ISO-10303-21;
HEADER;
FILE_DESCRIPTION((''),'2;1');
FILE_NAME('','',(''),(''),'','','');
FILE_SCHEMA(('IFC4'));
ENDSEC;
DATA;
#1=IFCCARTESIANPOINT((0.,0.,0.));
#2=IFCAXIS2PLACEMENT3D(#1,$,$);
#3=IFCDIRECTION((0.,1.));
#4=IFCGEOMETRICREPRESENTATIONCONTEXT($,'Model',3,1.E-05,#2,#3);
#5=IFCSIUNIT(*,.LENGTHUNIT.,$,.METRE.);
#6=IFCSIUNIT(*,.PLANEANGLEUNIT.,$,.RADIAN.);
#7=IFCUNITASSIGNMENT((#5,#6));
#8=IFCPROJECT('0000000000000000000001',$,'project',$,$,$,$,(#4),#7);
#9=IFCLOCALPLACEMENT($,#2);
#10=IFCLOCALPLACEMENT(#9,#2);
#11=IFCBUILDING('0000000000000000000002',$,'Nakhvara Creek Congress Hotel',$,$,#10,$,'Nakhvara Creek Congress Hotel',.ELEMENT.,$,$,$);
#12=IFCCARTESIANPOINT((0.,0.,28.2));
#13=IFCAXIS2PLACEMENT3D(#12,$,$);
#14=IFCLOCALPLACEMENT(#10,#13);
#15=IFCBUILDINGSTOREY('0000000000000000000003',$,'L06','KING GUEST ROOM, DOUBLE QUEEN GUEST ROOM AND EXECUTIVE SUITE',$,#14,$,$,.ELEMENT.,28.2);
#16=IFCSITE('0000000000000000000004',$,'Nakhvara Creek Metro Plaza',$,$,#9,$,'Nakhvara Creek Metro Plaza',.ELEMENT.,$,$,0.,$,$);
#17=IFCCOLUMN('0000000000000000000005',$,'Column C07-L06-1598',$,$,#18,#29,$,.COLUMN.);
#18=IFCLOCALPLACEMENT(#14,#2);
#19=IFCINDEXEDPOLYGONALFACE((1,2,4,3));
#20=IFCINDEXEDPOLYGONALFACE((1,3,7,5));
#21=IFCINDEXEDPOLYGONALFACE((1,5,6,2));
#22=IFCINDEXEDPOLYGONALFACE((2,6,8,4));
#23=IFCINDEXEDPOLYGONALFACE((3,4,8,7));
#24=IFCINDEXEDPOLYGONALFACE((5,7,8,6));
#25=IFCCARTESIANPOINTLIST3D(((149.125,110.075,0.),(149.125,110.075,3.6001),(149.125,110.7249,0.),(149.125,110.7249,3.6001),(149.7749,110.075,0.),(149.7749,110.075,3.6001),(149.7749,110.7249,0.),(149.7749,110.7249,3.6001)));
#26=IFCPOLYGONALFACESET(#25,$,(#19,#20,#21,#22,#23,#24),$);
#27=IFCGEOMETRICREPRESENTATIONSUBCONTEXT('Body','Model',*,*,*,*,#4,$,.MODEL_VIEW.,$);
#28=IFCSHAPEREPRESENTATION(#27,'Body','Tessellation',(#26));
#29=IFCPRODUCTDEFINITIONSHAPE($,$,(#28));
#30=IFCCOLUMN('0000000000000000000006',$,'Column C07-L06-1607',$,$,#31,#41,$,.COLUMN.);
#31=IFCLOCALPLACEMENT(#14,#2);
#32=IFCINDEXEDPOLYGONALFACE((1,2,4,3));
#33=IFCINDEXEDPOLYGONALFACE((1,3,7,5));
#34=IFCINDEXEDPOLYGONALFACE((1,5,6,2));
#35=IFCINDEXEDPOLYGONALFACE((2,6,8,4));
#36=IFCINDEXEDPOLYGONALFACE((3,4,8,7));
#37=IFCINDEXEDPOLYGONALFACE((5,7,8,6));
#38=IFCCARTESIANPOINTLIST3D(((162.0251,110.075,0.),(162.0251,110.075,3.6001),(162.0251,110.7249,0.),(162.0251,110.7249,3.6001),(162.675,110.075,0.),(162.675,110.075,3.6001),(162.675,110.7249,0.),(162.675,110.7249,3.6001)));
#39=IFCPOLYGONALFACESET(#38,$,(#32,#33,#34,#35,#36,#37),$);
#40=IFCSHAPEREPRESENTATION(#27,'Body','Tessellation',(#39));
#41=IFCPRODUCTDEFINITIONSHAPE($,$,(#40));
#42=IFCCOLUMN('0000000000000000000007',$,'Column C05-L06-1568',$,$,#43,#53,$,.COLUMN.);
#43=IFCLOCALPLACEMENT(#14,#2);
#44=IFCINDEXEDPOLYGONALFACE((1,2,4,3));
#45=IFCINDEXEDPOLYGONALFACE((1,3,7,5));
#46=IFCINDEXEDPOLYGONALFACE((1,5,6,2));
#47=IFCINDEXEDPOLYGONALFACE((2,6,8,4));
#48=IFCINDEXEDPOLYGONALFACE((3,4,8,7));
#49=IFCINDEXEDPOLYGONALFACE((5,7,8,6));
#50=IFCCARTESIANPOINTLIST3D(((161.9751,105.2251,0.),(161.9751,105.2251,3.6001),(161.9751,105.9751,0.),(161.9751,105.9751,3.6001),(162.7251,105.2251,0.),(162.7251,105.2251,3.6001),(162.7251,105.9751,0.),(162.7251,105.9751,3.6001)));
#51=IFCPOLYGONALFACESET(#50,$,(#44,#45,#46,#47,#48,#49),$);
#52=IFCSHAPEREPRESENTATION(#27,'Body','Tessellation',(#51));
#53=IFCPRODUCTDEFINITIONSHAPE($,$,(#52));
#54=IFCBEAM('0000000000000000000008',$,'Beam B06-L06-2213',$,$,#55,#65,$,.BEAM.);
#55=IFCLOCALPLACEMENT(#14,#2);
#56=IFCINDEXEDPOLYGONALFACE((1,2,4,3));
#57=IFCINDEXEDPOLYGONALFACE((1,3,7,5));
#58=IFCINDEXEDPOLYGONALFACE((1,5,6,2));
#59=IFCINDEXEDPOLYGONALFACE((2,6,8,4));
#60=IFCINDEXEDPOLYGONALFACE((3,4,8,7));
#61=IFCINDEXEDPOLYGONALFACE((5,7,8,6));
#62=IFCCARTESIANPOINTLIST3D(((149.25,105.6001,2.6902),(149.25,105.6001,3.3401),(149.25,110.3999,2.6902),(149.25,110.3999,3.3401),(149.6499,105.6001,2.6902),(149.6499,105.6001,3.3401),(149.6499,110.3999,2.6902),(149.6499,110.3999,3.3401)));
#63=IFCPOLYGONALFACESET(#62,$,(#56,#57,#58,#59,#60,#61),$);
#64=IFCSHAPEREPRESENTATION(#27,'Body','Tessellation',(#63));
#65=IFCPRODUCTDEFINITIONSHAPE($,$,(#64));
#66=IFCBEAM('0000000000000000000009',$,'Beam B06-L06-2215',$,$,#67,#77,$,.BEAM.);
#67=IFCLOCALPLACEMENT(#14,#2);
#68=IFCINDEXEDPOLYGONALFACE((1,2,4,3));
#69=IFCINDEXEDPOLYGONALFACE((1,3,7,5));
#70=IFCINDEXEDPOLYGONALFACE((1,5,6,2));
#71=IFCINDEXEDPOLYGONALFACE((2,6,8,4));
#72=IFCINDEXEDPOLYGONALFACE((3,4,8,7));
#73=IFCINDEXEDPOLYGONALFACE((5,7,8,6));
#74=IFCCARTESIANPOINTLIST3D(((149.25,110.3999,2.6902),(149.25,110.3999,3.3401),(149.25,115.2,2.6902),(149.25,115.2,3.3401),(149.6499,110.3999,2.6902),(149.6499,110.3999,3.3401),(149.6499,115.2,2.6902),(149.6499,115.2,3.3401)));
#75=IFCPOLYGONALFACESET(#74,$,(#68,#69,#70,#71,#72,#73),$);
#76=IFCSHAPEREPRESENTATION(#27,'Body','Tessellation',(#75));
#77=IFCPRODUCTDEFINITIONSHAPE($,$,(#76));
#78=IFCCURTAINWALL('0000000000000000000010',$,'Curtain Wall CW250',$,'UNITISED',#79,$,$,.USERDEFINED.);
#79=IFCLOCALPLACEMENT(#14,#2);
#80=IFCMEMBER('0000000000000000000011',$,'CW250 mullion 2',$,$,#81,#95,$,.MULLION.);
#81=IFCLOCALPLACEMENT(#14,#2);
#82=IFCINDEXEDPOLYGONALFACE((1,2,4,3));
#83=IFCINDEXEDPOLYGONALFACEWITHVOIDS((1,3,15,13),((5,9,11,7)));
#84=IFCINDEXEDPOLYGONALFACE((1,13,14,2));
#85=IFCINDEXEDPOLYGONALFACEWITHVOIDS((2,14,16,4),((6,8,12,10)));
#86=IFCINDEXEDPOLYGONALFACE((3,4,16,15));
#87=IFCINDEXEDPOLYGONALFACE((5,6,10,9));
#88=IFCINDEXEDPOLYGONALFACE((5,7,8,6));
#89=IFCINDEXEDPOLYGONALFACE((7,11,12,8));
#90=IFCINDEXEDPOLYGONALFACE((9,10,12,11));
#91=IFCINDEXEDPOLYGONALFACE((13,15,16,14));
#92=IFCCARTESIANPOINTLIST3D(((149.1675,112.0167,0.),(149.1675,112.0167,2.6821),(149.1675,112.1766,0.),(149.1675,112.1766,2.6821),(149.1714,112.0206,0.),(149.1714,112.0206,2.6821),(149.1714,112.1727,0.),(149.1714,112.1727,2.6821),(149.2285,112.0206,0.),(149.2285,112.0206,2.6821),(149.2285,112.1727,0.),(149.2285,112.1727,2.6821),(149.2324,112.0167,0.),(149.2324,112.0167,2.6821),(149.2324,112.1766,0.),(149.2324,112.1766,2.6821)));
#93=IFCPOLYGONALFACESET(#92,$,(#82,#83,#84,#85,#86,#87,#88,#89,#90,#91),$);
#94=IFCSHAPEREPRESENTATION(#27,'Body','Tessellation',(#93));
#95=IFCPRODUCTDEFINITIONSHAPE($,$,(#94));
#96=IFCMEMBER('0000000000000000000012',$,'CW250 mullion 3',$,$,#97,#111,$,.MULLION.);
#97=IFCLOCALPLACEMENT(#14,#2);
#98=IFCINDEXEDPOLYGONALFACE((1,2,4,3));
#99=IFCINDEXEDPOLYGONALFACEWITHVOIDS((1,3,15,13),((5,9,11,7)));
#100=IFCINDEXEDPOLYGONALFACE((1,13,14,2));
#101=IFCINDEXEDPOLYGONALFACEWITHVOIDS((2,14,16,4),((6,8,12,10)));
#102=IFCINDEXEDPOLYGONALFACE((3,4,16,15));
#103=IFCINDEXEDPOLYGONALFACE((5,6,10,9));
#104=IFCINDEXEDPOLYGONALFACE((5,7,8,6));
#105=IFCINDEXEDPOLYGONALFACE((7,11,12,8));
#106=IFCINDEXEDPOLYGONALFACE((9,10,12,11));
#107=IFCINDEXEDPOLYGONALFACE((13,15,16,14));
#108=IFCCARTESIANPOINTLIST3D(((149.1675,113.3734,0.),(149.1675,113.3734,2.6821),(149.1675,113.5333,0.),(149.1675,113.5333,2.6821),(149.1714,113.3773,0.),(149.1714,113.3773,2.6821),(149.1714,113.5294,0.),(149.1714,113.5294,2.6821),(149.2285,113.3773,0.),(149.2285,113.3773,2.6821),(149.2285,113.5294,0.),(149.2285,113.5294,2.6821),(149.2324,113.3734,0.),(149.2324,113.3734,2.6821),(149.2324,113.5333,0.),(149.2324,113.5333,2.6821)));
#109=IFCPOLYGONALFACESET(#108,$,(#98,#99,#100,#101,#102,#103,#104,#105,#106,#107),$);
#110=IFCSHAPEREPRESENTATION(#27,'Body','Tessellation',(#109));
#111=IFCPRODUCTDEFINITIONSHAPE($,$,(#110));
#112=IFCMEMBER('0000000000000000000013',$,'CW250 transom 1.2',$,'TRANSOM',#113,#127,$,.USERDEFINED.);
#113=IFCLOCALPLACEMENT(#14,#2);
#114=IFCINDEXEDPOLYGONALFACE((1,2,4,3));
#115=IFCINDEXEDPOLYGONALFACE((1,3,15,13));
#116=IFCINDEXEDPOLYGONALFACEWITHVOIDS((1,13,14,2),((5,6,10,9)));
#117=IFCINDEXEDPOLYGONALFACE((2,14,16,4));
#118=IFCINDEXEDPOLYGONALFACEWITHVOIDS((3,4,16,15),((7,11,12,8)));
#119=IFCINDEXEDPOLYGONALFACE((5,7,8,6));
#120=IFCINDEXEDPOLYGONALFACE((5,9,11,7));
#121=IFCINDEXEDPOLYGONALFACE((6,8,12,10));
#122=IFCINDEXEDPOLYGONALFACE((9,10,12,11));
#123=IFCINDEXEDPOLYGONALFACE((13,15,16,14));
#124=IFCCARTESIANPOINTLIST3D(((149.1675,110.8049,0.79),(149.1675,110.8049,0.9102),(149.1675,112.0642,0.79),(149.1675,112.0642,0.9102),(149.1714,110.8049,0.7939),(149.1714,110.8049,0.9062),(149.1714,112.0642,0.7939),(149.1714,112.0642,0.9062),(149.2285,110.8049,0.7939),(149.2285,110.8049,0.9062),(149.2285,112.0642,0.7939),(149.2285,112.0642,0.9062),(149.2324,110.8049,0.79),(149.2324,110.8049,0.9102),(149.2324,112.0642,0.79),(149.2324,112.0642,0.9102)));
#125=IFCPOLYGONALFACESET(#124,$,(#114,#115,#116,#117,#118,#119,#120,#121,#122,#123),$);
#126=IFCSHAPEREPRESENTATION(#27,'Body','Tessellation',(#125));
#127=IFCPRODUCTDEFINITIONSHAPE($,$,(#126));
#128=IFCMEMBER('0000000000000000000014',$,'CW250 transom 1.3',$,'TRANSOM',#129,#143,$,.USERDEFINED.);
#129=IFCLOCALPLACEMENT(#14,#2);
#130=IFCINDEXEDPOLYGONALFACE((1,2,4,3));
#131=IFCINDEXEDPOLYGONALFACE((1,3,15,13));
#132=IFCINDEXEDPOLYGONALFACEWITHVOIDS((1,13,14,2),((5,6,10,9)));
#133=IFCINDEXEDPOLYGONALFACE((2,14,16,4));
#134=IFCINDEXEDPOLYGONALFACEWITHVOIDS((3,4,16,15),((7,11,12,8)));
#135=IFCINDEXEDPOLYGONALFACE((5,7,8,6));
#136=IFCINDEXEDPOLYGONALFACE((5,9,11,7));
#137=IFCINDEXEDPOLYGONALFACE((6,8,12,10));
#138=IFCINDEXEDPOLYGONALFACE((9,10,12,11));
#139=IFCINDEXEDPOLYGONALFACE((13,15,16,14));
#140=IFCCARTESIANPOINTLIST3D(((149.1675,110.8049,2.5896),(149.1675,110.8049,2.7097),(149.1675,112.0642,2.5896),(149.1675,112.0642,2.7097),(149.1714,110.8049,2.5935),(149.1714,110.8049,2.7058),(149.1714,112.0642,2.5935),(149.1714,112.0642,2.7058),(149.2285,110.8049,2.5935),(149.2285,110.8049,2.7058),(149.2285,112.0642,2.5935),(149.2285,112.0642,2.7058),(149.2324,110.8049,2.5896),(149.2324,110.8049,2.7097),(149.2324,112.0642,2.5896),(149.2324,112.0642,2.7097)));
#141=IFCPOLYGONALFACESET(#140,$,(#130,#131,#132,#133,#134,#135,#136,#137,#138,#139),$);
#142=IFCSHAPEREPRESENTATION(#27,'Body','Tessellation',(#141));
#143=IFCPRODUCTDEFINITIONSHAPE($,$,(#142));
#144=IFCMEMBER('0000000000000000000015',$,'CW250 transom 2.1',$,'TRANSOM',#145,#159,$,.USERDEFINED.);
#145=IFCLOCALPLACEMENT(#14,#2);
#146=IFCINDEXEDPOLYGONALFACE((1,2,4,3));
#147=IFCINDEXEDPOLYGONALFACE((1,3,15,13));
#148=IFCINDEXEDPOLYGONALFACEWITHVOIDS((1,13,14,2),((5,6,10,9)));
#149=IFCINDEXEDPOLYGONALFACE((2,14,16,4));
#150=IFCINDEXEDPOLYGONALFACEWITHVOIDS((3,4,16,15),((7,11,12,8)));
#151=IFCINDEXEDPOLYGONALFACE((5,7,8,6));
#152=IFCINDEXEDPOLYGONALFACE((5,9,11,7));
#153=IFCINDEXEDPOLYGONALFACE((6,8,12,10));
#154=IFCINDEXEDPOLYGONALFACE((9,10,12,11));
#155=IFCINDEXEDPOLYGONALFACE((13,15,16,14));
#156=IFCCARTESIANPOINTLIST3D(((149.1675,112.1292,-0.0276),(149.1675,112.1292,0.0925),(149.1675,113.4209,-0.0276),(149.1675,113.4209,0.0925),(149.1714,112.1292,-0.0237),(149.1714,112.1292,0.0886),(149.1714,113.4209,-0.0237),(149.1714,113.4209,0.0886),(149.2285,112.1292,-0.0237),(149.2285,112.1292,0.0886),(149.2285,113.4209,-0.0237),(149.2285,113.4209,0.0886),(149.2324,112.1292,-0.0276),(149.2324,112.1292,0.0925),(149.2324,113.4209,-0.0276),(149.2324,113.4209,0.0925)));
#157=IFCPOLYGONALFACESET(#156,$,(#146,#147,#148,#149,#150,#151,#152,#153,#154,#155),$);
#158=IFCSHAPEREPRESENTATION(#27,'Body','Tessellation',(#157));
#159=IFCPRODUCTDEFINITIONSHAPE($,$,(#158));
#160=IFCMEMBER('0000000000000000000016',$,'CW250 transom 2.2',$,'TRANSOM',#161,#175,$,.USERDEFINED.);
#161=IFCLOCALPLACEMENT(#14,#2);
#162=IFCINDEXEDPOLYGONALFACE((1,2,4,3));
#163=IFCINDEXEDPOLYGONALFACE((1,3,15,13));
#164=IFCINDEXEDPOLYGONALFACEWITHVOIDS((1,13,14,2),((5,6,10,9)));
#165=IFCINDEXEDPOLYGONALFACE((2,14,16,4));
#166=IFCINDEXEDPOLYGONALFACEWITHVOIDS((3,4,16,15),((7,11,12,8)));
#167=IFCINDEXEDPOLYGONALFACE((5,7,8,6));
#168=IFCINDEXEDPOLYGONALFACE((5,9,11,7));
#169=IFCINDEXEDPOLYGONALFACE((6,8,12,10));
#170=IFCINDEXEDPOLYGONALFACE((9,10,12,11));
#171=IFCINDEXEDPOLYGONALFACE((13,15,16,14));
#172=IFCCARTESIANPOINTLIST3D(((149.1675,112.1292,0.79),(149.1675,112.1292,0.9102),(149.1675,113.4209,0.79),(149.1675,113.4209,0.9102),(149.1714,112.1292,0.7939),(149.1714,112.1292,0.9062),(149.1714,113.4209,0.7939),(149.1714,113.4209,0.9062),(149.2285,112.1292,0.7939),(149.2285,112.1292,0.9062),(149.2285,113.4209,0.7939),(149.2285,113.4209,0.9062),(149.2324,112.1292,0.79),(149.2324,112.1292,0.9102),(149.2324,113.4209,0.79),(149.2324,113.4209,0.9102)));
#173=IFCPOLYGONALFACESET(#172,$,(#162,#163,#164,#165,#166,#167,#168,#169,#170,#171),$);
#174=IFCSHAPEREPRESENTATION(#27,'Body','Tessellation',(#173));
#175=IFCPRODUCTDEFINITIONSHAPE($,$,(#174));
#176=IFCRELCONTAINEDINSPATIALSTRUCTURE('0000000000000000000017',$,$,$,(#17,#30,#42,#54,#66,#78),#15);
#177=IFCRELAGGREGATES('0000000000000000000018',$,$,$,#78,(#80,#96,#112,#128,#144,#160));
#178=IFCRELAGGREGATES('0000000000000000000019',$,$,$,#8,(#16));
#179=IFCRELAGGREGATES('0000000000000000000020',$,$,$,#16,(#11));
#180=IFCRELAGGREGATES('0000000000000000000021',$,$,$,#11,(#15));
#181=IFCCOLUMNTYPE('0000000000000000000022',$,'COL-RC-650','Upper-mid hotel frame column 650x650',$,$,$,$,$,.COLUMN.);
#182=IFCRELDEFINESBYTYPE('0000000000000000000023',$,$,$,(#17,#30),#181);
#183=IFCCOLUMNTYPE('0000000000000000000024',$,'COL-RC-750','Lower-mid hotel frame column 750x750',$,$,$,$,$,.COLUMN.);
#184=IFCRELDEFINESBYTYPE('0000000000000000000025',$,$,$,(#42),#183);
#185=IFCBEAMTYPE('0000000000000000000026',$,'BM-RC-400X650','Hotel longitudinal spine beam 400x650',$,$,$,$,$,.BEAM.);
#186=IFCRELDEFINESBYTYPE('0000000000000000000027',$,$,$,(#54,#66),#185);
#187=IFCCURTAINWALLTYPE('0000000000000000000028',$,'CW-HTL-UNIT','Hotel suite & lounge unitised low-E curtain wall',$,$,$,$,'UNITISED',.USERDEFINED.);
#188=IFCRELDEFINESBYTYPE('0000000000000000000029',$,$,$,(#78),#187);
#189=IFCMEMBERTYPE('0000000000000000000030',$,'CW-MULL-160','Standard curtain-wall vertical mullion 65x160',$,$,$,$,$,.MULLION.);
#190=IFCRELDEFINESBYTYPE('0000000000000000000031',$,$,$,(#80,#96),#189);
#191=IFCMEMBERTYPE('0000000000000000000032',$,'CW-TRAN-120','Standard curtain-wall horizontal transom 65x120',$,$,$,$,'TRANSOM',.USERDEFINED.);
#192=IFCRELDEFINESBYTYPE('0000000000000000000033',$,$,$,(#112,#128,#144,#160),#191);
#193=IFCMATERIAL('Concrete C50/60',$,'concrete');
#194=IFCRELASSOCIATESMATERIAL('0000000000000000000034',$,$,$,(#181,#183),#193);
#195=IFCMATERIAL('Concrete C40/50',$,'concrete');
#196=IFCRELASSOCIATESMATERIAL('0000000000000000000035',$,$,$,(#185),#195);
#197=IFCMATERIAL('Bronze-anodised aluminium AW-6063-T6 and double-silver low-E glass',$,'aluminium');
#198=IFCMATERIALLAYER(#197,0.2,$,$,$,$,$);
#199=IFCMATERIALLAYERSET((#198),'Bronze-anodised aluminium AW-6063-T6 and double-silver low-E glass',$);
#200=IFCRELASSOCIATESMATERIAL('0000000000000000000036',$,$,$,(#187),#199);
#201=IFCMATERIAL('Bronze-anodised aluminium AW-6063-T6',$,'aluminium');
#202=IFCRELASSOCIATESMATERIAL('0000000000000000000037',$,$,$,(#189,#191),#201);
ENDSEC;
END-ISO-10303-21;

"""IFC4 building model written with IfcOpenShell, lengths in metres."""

from ifc_helpers import new_model, si_unit, direction, frame, origin, origin_2d, place, context, subcontext, project, spatial, rectangle, hollow_rectangle, extrude, material, layer, layer_set, material_profile, profile_set, type_object, element, aggregate, save


model = new_model("IFC4")

# Units and contexts
model_context = context("Model", 3, precision=1e-05, world=origin(), true_north=direction((0.0, 1.0)))
body_context = subcontext(model_context, "Body", "Model", "MODEL_VIEW")
ifc_project = project(units=[si_unit("LENGTHUNIT", "METRE"), si_unit("PLANEANGLEUNIT", "RADIAN")], contexts=[model_context])

# Site, building, storey
site_placement = place(None, origin())
site = spatial("IfcSite", under=ifc_project, at=site_placement, Name="Nakhvara Creek Metro Plaza", LongName="Nakhvara Creek Metro Plaza", CompositionType="ELEMENT", RefElevation=0.0)
building_placement = place(site_placement, origin())
building = spatial("IfcBuilding", under=site, at=building_placement, Name="Nakhvara Creek Congress Hotel", LongName="Nakhvara Creek Congress Hotel", CompositionType="ELEMENT")
storey_placement = place(building_placement, frame((0.0, 0.0, 28.2)))
storey = spatial("IfcBuildingStorey", under=building, at=storey_placement, Name="L06", Description="KING GUEST ROOM, DOUBLE QUEEN GUEST ROOM AND EXECUTIVE SUITE", CompositionType="ELEMENT", Elevation=28.2)

# Columns
ifc_material_1 = material(Name="Concrete C50/60", Category="concrete")
ifc_material_profile_1 = material_profile(ifc_material_1, rectangle(XDim=0.6499, YDim=0.6499, at=origin_2d()), Name="RC-COL 650x650", Category="LoadBearing")
ifc_profile_set_1 = profile_set([ifc_material_profile_1], Name="Concrete C50/60")
column_type_1 = type_object("IfcColumnType", Name="COL-RC-650", Description="Upper-mid hotel frame column 650x650", PredefinedType="COLUMN", material=ifc_profile_set_1)
for number, where, z_axis, x_axis, name in (
    (1, (149.45, 110.3999, 0.0), (0.0, 0.0, 1.0), (1.0, 0.0, 0.0), "Column C07-L06-1598"),
    (2, (162.3501, 110.3999, 0.0), (0.0, 0.0, 1.0), (1.0, 0.0, 0.0), "Column C07-L06-1607"),
):
    element("IfcColumn", number, at=place(storey_placement, frame(where, z_axis=z_axis, x_axis=x_axis)), inside=storey, type_object=column_type_1, Name=name, PredefinedType="COLUMN", context=body_context, shape_type="SweptSolid", body=[
        extrude(rectangle(XDim=0.6499, YDim=0.6499, at=origin_2d()), origin(), (0.0, 0.0, 1.0), 3.6001),
    ])
ifc_material_profile_2 = material_profile(ifc_material_1, rectangle(XDim=0.75, YDim=0.75, at=origin_2d()), Name="RC-COL 750x750", Category="LoadBearing")
ifc_profile_set_2 = profile_set([ifc_material_profile_2], Name="Concrete C50/60")
column_type_2 = type_object("IfcColumnType", Name="COL-RC-750", Description="Lower-mid hotel frame column 750x750", PredefinedType="COLUMN", material=ifc_profile_set_2)
column_placement = place(storey_placement, frame((162.3501, 105.6001, 0.0), z_axis=(0.0, 0.0, 1.0), x_axis=(1.0, 0.0, 0.0)))
element("IfcColumn", 3, at=column_placement, inside=storey, type_object=column_type_2, Name="Column C05-L06-1568", PredefinedType="COLUMN", context=body_context, shape_type="SweptSolid", body=[
    extrude(rectangle(XDim=0.75, YDim=0.75, at=origin_2d()), origin(), (0.0, 0.0, 1.0), 3.6001),
])

# Beams
ifc_material_2 = material(Name="Concrete C40/50", Category="concrete")
ifc_material_profile_3 = material_profile(ifc_material_2, rectangle(XDim=0.3999, YDim=0.6499, at=origin_2d()), Name="RC-BM 400x650", Category="LoadBearing")
ifc_profile_set_3 = profile_set([ifc_material_profile_3], Name="Concrete C40/50")
beam_type = type_object("IfcBeamType", Name="BM-RC-400X650", Description="Hotel longitudinal spine beam 400x650", PredefinedType="BEAM", material=ifc_profile_set_3)
beam_1_placement = place(storey_placement, frame((149.45, 105.6001, 3.0151), z_axis=(0.0, 1.0, 0.0), x_axis=(-1.0, 0.0, 0.0)))
element("IfcBeam", 4, at=beam_1_placement, inside=storey, type_object=beam_type, Name="Beam B06-L06-2213", PredefinedType="BEAM", context=body_context, shape_type="SweptSolid", body=[
    extrude(rectangle(XDim=0.3999, YDim=0.6499, at=origin_2d()), origin(), (0.0, 0.0, 1.0), 4.7998),
])
beam_2_placement = place(storey_placement, frame((149.45, 110.3999, 3.0151), z_axis=(0.0, 1.0, 0.0), x_axis=(-1.0, 0.0, 0.0)))
element("IfcBeam", 5, at=beam_2_placement, inside=storey, type_object=beam_type, Name="Beam B06-L06-2215", PredefinedType="BEAM", context=body_context, shape_type="SweptSolid", body=[
    extrude(rectangle(XDim=0.3999, YDim=0.6499, at=origin_2d()), origin(), (0.0, 0.0, 1.0), 4.8),
])

# Curtain wall, members
ifc_material_3 = material(Name="Bronze-anodised aluminium AW-6063-T6 and double-silver low-E glass", Category="aluminium")
ifc_layer_1 = layer(ifc_material_3, 0.2)
ifc_layer_set_1 = layer_set([ifc_layer_1], Name="Bronze-anodised aluminium AW-6063-T6 and double-silver low-E glass")
curtain_wall_type = type_object("IfcCurtainWallType", Name="CW-HTL-UNIT", Description="Hotel suite & lounge unitised low-E curtain wall", ElementType="UNITISED", PredefinedType="USERDEFINED", material=ifc_layer_set_1)
curtain_wall_placement = place(storey_placement, origin())
curtain_wall = element("IfcCurtainWall", 6, at=curtain_wall_placement, inside=storey, type_object=curtain_wall_type, Name="Curtain Wall CW250", ObjectType="UNITISED", PredefinedType="USERDEFINED")
ifc_material_4 = material(Name="Bronze-anodised aluminium AW-6063-T6", Category="aluminium")
ifc_material_profile_4 = material_profile(ifc_material_4, hollow_rectangle(XDim=0.0649, YDim=0.1599, WallThickness=0.0039, at=origin_2d()), Name="ALU-MULL 65x160x4", Category="LoadBearing")
ifc_profile_set_4 = profile_set([ifc_material_profile_4], Name="Bronze-anodised aluminium AW-6063-T6")
member_type_1 = type_object("IfcMemberType", Name="CW-MULL-160", Description="Standard curtain-wall vertical mullion 65x160", PredefinedType="MULLION", material=ifc_profile_set_4)
member_1_placement = place(storey_placement, frame((149.2, 112.0967, 0.0), z_axis=(0.0, 0.0, 1.0), x_axis=(-1.0, 0.0, 0.0)))
member_1 = element("IfcMember", 7, at=member_1_placement, type_object=member_type_1, Name="CW250 mullion 2", PredefinedType="MULLION", context=body_context, shape_type="SweptSolid", body=[
    extrude(hollow_rectangle(XDim=0.0649, YDim=0.1599, WallThickness=0.0039, at=origin_2d()), origin(), (0.0, 0.0, 1.0), 2.6821),
])
member_2_placement = place(storey_placement, frame((149.2, 113.4534, 0.0), z_axis=(0.0, 0.0, 1.0), x_axis=(-1.0, 0.0, 0.0)))
member_2 = element("IfcMember", 8, at=member_2_placement, type_object=member_type_1, Name="CW250 mullion 3", PredefinedType="MULLION", context=body_context, shape_type="SweptSolid", body=[
    extrude(hollow_rectangle(XDim=0.0649, YDim=0.1599, WallThickness=0.0039, at=origin_2d()), origin(), (0.0, 0.0, 1.0), 2.6821),
])
ifc_material_profile_5 = material_profile(ifc_material_4, hollow_rectangle(XDim=0.0649, YDim=0.1201, WallThickness=0.0039, at=origin_2d()), Name="ALU-TRAN 65x120x4", Category="LoadBearing")
ifc_profile_set_5 = profile_set([ifc_material_profile_5], Name="Bronze-anodised aluminium AW-6063-T6")
member_type_2 = type_object("IfcMemberType", Name="CW-TRAN-120", Description="Standard curtain-wall horizontal transom 65x120", ElementType="TRANSOM", PredefinedType="USERDEFINED", material=ifc_profile_set_5)
member_3_placement = place(storey_placement, frame((149.2, 110.8049, 0.8501), z_axis=(0.0, 1.0, 0.0), x_axis=(-1.0, 0.0, 0.0)))
member_3 = element("IfcMember", 9, at=member_3_placement, type_object=member_type_2, Name="CW250 transom 1.2", ObjectType="TRANSOM", PredefinedType="USERDEFINED", context=body_context, shape_type="SweptSolid", body=[
    extrude(hollow_rectangle(XDim=0.0649, YDim=0.1201, WallThickness=0.0039, at=origin_2d()), origin(), (0.0, 0.0, 1.0), 1.2593),
])
member_4_placement = place(storey_placement, frame((149.2, 110.8049, 2.6497), z_axis=(0.0, 1.0, 0.0), x_axis=(-1.0, 0.0, 0.0)))
member_4 = element("IfcMember", 10, at=member_4_placement, type_object=member_type_2, Name="CW250 transom 1.3", ObjectType="TRANSOM", PredefinedType="USERDEFINED", context=body_context, shape_type="SweptSolid", body=[
    extrude(hollow_rectangle(XDim=0.0649, YDim=0.1201, WallThickness=0.0039, at=origin_2d()), origin(), (0.0, 0.0, 1.0), 1.2593),
])
member_5_placement = place(storey_placement, frame((149.2, 112.1292, 0.0325), z_axis=(0.0, 1.0, 0.0), x_axis=(-1.0, 0.0, 0.0)))
member_5 = element("IfcMember", 11, at=member_5_placement, type_object=member_type_2, Name="CW250 transom 2.1", ObjectType="TRANSOM", PredefinedType="USERDEFINED", context=body_context, shape_type="SweptSolid", body=[
    extrude(hollow_rectangle(XDim=0.0649, YDim=0.1201, WallThickness=0.0039, at=origin_2d()), origin(), (0.0, 0.0, 1.0), 1.2917),
])
member_6_placement = place(storey_placement, frame((149.2, 112.1292, 0.8501), z_axis=(0.0, 1.0, 0.0), x_axis=(-1.0, 0.0, 0.0)))
member_6 = element("IfcMember", 12, at=member_6_placement, type_object=member_type_2, Name="CW250 transom 2.2", ObjectType="TRANSOM", PredefinedType="USERDEFINED", context=body_context, shape_type="SweptSolid", body=[
    extrude(hollow_rectangle(XDim=0.0649, YDim=0.1201, WallThickness=0.0039, at=origin_2d()), origin(), (0.0, 0.0, 1.0), 1.2917),
])
aggregate(curtain_wall, [member_1, member_2, member_3, member_4, member_5, member_6])

save(model, "model.ifc")
